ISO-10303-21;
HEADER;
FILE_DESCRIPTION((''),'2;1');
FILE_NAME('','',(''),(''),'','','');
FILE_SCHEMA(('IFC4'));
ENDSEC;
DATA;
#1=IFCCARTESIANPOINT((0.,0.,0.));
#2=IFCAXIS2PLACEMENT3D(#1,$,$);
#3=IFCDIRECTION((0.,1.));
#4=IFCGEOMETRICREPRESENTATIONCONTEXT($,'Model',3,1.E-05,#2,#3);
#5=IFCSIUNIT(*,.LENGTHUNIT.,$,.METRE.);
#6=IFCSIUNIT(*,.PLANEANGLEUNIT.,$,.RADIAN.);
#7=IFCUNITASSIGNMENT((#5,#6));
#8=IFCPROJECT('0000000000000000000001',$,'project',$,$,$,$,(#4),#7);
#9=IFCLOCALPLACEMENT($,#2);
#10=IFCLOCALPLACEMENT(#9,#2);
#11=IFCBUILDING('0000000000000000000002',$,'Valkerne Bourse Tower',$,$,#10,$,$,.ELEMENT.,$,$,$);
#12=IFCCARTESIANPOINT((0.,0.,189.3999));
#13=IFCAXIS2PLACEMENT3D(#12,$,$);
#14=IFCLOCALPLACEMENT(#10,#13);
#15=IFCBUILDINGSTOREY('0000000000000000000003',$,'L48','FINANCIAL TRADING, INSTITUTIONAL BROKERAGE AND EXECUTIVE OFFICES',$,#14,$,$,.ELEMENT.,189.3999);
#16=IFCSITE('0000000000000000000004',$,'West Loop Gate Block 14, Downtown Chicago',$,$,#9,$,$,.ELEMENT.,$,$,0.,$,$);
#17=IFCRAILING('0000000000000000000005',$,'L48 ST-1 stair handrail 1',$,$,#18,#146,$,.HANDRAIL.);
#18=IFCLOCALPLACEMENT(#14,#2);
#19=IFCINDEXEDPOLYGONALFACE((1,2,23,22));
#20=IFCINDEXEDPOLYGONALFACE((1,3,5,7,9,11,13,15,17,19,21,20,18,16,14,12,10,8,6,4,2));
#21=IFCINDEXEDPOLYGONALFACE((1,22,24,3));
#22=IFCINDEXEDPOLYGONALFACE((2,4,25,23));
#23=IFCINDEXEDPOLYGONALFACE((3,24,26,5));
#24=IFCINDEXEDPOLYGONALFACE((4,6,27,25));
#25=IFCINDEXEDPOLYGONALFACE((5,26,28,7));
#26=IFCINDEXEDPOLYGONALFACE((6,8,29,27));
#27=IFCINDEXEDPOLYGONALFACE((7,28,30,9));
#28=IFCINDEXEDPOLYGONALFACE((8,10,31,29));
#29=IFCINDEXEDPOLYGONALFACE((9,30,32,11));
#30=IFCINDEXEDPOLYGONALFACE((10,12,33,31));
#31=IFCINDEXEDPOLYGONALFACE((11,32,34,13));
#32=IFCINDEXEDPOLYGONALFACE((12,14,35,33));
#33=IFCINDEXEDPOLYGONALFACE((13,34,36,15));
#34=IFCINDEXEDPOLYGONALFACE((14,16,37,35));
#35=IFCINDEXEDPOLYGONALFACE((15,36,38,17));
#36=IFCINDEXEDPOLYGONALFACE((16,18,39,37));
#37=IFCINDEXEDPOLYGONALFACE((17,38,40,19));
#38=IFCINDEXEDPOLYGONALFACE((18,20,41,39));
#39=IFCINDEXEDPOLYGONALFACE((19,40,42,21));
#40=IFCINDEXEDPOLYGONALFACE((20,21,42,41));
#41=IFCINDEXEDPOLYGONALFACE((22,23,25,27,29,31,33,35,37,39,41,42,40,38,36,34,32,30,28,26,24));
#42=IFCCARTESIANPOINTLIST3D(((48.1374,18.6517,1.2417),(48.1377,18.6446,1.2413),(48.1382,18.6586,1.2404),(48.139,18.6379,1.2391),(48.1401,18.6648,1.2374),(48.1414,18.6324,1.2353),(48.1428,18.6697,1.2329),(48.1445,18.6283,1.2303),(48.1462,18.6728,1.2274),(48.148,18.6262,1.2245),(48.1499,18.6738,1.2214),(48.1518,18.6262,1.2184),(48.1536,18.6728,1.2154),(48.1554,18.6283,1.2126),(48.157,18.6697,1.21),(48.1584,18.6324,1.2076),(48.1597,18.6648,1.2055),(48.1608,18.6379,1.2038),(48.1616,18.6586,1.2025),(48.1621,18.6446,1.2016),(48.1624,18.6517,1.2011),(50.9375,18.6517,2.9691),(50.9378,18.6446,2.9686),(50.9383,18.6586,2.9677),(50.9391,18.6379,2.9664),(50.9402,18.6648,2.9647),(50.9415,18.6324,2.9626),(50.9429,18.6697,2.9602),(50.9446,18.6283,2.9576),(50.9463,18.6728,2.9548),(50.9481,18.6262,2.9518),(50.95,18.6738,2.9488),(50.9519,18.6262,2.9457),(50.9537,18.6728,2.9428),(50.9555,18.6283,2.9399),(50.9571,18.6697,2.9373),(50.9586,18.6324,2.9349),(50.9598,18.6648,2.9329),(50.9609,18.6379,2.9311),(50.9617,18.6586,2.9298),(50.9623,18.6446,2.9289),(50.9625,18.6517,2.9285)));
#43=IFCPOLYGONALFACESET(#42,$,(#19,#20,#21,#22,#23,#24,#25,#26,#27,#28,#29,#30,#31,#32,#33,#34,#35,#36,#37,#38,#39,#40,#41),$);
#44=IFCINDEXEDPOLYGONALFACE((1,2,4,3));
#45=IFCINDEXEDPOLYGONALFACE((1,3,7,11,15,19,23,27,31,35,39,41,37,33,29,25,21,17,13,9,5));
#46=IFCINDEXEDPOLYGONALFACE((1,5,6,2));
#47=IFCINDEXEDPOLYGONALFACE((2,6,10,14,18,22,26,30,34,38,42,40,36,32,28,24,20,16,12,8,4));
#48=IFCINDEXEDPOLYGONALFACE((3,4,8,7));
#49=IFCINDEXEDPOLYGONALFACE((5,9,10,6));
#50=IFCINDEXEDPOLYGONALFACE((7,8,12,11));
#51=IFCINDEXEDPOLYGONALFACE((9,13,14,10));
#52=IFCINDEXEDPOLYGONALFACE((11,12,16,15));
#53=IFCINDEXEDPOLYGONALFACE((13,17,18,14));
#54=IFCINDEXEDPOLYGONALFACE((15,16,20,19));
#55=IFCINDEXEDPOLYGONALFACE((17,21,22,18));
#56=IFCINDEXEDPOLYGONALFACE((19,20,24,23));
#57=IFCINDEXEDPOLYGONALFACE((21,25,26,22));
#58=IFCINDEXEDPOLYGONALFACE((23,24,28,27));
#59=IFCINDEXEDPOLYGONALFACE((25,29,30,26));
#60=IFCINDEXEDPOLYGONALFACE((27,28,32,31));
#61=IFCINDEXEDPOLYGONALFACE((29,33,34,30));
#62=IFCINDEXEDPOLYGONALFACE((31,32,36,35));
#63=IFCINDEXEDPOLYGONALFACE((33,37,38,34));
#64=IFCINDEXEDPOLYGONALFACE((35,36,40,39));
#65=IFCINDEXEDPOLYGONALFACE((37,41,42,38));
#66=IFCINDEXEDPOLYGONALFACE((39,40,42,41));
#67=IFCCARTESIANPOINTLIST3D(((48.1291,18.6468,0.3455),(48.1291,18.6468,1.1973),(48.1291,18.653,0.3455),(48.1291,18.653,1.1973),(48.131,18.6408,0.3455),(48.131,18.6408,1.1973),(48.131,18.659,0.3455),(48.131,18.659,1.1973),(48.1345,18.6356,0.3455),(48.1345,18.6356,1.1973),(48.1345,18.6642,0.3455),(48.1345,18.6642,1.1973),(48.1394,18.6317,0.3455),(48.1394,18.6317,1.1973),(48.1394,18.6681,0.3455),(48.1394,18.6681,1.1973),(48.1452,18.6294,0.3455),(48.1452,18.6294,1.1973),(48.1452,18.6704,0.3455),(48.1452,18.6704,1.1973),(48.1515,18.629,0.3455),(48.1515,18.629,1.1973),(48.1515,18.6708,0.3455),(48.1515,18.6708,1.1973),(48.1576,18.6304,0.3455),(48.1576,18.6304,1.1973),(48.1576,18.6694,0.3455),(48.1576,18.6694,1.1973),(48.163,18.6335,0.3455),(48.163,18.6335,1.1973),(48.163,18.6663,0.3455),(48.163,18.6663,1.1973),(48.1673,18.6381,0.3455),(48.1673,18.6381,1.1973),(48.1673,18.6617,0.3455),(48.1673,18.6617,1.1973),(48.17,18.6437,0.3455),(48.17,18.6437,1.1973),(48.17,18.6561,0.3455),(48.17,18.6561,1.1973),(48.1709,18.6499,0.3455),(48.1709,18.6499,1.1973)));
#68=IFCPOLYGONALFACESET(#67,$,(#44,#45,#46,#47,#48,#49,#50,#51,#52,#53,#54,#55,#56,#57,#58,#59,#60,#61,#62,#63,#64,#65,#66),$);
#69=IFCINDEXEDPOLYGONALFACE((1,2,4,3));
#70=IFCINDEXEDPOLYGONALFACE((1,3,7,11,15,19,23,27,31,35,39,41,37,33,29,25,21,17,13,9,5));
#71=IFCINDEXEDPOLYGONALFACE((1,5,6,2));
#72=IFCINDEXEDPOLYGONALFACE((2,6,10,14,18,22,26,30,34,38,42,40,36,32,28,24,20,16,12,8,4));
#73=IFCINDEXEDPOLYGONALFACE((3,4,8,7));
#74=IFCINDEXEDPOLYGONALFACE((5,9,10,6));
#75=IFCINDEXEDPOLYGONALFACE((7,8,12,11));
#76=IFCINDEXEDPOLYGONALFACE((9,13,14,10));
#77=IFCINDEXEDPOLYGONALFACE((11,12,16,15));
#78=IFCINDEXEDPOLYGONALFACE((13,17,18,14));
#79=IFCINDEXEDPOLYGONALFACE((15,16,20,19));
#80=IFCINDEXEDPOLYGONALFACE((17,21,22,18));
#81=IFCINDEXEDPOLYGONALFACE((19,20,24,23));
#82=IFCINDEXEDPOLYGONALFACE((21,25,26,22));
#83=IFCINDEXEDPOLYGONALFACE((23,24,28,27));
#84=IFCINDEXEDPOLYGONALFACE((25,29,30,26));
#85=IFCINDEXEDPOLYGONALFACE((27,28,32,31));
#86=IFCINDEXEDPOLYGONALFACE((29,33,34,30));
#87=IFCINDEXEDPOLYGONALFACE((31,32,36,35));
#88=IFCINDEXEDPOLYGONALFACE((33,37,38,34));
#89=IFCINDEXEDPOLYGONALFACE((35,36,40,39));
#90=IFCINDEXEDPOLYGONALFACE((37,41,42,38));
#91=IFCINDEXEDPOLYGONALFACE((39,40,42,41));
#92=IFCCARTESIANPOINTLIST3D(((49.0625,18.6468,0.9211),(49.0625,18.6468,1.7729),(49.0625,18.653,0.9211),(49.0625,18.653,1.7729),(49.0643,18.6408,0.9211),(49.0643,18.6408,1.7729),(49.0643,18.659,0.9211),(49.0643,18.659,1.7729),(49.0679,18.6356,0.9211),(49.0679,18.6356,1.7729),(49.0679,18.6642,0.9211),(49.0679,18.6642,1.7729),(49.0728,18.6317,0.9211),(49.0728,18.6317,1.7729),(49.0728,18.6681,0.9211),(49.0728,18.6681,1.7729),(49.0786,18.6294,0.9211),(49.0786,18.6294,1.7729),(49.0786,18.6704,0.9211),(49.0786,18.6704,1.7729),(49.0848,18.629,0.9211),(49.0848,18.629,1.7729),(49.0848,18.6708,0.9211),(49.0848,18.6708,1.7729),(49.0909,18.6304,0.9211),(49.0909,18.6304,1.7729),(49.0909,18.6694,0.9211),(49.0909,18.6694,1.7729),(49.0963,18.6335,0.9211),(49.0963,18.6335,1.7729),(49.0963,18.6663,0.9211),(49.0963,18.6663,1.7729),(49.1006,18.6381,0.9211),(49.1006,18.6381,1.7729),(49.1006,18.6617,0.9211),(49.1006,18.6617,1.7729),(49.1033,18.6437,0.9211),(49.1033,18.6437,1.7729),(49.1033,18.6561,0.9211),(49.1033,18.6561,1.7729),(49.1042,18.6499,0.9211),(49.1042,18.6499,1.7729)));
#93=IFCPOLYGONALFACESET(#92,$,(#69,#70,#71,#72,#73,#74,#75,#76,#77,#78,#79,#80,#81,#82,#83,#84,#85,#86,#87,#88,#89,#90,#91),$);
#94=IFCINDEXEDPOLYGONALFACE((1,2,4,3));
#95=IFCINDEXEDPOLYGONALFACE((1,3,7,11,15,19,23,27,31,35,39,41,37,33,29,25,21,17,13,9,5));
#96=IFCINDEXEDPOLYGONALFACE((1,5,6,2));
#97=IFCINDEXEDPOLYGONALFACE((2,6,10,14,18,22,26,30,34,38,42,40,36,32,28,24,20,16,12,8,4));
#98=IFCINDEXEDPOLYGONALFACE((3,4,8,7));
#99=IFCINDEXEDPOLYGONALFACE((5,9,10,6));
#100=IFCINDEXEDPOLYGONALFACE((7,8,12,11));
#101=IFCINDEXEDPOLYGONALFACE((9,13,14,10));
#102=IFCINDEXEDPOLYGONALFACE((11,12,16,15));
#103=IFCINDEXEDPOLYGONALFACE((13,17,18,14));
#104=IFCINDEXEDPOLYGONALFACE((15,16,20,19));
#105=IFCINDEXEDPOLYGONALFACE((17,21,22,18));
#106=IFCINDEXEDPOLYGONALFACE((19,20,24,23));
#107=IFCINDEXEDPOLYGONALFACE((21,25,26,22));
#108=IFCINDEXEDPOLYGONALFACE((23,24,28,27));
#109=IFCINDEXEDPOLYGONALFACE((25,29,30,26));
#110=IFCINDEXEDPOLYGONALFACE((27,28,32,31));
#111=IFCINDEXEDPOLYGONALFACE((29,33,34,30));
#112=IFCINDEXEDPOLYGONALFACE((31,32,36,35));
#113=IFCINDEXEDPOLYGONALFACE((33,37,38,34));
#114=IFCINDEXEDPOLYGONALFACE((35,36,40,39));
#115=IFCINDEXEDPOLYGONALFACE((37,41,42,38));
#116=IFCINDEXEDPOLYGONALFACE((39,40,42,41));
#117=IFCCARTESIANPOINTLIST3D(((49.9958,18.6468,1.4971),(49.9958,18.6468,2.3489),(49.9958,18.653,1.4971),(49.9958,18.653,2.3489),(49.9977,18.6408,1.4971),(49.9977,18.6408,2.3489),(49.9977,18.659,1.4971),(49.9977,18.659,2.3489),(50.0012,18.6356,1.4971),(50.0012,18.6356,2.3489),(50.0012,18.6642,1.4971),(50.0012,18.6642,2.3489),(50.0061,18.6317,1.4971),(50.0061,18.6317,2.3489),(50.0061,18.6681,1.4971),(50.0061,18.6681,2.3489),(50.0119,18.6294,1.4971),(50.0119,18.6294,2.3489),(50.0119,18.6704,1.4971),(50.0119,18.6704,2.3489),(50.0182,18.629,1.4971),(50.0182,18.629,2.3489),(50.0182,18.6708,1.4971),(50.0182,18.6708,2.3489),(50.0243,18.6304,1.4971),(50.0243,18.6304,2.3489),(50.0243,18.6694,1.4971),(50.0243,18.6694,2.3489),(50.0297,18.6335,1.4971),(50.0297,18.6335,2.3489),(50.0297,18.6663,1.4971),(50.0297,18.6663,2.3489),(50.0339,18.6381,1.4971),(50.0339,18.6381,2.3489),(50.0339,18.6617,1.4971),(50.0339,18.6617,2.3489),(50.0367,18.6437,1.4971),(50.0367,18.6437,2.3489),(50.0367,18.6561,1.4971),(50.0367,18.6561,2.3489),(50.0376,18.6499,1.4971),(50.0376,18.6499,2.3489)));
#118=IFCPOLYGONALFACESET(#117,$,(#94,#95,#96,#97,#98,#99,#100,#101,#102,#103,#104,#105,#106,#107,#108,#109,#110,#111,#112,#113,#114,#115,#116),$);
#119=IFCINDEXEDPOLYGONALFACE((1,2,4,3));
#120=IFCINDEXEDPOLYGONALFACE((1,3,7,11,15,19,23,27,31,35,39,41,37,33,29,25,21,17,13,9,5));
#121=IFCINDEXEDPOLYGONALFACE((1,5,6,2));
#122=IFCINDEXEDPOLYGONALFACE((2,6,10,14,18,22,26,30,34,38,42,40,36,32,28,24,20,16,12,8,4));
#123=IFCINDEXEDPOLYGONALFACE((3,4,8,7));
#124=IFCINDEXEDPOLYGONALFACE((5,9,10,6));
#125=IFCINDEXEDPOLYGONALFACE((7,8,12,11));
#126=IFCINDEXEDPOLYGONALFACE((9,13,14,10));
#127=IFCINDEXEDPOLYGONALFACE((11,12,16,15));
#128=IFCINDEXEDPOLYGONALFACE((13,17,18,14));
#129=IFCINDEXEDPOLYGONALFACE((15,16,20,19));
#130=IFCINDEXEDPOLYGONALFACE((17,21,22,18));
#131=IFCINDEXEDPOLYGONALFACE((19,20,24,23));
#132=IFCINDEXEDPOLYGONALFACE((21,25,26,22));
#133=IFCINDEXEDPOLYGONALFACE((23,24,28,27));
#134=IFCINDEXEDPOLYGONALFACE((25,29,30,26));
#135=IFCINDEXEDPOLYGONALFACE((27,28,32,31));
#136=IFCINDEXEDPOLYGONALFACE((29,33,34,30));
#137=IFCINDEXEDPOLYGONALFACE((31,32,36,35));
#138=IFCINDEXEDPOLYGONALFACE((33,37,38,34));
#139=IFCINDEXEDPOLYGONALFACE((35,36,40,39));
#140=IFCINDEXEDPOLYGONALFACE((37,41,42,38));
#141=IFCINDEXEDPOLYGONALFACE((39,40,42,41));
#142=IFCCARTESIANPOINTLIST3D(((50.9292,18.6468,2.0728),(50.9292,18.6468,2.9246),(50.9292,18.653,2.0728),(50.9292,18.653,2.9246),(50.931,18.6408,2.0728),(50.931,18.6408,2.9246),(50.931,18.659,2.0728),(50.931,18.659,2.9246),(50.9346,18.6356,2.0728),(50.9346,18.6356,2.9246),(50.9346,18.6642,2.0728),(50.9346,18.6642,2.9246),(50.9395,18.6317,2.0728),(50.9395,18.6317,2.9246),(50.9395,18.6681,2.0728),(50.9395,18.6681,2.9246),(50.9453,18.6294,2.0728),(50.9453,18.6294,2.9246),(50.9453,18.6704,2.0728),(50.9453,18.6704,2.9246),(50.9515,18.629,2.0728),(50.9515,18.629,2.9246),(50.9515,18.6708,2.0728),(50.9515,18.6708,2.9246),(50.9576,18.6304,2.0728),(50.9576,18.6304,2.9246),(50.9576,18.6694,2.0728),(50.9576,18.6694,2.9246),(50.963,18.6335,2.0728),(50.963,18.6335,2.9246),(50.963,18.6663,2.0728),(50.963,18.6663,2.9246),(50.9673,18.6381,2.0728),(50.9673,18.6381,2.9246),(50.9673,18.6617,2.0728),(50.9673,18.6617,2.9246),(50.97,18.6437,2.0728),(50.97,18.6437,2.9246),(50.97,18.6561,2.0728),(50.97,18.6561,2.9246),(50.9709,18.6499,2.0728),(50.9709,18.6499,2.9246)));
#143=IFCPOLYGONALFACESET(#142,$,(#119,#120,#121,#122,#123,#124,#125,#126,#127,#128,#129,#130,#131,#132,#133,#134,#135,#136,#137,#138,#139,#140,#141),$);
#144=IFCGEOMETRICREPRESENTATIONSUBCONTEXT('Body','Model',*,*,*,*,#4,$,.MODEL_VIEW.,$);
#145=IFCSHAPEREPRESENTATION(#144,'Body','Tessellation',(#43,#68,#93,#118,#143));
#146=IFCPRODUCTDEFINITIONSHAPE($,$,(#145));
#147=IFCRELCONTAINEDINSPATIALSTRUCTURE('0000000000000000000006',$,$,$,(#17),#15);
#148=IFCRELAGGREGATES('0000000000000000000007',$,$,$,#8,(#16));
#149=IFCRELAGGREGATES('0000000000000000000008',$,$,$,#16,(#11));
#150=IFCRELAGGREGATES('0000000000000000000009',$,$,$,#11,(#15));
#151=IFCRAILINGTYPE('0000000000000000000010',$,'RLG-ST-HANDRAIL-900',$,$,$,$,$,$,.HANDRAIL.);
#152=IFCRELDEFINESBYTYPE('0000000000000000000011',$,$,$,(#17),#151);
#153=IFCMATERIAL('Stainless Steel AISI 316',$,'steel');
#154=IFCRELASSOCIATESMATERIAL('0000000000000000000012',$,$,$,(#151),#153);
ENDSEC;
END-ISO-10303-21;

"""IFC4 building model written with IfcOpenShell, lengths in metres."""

from ifc_helpers import new_model, si_unit, direction, frame, origin, origin_2d, place, context, subcontext, project, spatial, circle, extrude, material, type_object, element, save


model = new_model("IFC4")

# Units and contexts
model_context = context("Model", 3, precision=1e-05, world=origin(), true_north=direction((0.0, 1.0)))
body_context = subcontext(model_context, "Body", "Model", "MODEL_VIEW")
ifc_project = project(units=[si_unit("LENGTHUNIT", "METRE"), si_unit("PLANEANGLEUNIT", "RADIAN")], contexts=[model_context])

# Site, building, storey
site_placement = place(None, origin())
site = spatial("IfcSite", under=ifc_project, at=site_placement, Name="West Loop Gate Block 14, Downtown Chicago", CompositionType="ELEMENT", RefElevation=0.0)
building_placement = place(site_placement, origin())
building = spatial("IfcBuilding", under=site, at=building_placement, Name="Valkerne Bourse Tower", CompositionType="ELEMENT")
storey_placement = place(building_placement, frame((0.0, 0.0, 189.3999)))
storey = spatial("IfcBuildingStorey", under=building, at=storey_placement, Name="L48", Description="FINANCIAL TRADING, INSTITUTIONAL BROKERAGE AND EXECUTIVE OFFICES", CompositionType="ELEMENT", Elevation=189.3999)

# Shared definitions
ifc_material_1 = material(Name="Stainless Steel AISI 316", Category="steel")

# Railing
railing_type_1 = type_object("IfcRailingType", Name="RLG-ST-HANDRAIL-900", PredefinedType="HANDRAIL", material=ifc_material_1)
railing_1_placement = place(storey_placement, frame((48.1499, 18.6499, 0.3455)))
element("IfcRailing", 1, at=railing_1_placement, inside=storey, type_object=railing_type_1, Name="L48 ST-1 stair handrail 1", PredefinedType="HANDRAIL", context=body_context, shape_type="SweptSolid", body=[
    extrude(circle(Radius=0.0239, at=origin_2d()), frame((0.0, 0.0, 0.876), z_axis=(0.85109, 0.0, 0.52502), x_axis=(0.0, 1.0, 0.0)), (0.0, 0.0, 1.0), 3.29),
    extrude(circle(Radius=0.021, at=origin_2d()), origin(), (0.0, 0.0, 1.0), 0.8518),
    extrude(circle(Radius=0.021, at=origin_2d()), frame((0.9333, 0.0, 0.5757)), (0.0, 0.0, 1.0), 0.8518),
    extrude(circle(Radius=0.021, at=origin_2d()), frame((1.8667, 0.0, 1.1516)), (0.0, 0.0, 1.0), 0.8518),
    extrude(circle(Radius=0.021, at=origin_2d()), frame((2.8, 0.0, 1.7273)), (0.0, 0.0, 1.0), 0.8518),
])

save(model, "model.ifc")
